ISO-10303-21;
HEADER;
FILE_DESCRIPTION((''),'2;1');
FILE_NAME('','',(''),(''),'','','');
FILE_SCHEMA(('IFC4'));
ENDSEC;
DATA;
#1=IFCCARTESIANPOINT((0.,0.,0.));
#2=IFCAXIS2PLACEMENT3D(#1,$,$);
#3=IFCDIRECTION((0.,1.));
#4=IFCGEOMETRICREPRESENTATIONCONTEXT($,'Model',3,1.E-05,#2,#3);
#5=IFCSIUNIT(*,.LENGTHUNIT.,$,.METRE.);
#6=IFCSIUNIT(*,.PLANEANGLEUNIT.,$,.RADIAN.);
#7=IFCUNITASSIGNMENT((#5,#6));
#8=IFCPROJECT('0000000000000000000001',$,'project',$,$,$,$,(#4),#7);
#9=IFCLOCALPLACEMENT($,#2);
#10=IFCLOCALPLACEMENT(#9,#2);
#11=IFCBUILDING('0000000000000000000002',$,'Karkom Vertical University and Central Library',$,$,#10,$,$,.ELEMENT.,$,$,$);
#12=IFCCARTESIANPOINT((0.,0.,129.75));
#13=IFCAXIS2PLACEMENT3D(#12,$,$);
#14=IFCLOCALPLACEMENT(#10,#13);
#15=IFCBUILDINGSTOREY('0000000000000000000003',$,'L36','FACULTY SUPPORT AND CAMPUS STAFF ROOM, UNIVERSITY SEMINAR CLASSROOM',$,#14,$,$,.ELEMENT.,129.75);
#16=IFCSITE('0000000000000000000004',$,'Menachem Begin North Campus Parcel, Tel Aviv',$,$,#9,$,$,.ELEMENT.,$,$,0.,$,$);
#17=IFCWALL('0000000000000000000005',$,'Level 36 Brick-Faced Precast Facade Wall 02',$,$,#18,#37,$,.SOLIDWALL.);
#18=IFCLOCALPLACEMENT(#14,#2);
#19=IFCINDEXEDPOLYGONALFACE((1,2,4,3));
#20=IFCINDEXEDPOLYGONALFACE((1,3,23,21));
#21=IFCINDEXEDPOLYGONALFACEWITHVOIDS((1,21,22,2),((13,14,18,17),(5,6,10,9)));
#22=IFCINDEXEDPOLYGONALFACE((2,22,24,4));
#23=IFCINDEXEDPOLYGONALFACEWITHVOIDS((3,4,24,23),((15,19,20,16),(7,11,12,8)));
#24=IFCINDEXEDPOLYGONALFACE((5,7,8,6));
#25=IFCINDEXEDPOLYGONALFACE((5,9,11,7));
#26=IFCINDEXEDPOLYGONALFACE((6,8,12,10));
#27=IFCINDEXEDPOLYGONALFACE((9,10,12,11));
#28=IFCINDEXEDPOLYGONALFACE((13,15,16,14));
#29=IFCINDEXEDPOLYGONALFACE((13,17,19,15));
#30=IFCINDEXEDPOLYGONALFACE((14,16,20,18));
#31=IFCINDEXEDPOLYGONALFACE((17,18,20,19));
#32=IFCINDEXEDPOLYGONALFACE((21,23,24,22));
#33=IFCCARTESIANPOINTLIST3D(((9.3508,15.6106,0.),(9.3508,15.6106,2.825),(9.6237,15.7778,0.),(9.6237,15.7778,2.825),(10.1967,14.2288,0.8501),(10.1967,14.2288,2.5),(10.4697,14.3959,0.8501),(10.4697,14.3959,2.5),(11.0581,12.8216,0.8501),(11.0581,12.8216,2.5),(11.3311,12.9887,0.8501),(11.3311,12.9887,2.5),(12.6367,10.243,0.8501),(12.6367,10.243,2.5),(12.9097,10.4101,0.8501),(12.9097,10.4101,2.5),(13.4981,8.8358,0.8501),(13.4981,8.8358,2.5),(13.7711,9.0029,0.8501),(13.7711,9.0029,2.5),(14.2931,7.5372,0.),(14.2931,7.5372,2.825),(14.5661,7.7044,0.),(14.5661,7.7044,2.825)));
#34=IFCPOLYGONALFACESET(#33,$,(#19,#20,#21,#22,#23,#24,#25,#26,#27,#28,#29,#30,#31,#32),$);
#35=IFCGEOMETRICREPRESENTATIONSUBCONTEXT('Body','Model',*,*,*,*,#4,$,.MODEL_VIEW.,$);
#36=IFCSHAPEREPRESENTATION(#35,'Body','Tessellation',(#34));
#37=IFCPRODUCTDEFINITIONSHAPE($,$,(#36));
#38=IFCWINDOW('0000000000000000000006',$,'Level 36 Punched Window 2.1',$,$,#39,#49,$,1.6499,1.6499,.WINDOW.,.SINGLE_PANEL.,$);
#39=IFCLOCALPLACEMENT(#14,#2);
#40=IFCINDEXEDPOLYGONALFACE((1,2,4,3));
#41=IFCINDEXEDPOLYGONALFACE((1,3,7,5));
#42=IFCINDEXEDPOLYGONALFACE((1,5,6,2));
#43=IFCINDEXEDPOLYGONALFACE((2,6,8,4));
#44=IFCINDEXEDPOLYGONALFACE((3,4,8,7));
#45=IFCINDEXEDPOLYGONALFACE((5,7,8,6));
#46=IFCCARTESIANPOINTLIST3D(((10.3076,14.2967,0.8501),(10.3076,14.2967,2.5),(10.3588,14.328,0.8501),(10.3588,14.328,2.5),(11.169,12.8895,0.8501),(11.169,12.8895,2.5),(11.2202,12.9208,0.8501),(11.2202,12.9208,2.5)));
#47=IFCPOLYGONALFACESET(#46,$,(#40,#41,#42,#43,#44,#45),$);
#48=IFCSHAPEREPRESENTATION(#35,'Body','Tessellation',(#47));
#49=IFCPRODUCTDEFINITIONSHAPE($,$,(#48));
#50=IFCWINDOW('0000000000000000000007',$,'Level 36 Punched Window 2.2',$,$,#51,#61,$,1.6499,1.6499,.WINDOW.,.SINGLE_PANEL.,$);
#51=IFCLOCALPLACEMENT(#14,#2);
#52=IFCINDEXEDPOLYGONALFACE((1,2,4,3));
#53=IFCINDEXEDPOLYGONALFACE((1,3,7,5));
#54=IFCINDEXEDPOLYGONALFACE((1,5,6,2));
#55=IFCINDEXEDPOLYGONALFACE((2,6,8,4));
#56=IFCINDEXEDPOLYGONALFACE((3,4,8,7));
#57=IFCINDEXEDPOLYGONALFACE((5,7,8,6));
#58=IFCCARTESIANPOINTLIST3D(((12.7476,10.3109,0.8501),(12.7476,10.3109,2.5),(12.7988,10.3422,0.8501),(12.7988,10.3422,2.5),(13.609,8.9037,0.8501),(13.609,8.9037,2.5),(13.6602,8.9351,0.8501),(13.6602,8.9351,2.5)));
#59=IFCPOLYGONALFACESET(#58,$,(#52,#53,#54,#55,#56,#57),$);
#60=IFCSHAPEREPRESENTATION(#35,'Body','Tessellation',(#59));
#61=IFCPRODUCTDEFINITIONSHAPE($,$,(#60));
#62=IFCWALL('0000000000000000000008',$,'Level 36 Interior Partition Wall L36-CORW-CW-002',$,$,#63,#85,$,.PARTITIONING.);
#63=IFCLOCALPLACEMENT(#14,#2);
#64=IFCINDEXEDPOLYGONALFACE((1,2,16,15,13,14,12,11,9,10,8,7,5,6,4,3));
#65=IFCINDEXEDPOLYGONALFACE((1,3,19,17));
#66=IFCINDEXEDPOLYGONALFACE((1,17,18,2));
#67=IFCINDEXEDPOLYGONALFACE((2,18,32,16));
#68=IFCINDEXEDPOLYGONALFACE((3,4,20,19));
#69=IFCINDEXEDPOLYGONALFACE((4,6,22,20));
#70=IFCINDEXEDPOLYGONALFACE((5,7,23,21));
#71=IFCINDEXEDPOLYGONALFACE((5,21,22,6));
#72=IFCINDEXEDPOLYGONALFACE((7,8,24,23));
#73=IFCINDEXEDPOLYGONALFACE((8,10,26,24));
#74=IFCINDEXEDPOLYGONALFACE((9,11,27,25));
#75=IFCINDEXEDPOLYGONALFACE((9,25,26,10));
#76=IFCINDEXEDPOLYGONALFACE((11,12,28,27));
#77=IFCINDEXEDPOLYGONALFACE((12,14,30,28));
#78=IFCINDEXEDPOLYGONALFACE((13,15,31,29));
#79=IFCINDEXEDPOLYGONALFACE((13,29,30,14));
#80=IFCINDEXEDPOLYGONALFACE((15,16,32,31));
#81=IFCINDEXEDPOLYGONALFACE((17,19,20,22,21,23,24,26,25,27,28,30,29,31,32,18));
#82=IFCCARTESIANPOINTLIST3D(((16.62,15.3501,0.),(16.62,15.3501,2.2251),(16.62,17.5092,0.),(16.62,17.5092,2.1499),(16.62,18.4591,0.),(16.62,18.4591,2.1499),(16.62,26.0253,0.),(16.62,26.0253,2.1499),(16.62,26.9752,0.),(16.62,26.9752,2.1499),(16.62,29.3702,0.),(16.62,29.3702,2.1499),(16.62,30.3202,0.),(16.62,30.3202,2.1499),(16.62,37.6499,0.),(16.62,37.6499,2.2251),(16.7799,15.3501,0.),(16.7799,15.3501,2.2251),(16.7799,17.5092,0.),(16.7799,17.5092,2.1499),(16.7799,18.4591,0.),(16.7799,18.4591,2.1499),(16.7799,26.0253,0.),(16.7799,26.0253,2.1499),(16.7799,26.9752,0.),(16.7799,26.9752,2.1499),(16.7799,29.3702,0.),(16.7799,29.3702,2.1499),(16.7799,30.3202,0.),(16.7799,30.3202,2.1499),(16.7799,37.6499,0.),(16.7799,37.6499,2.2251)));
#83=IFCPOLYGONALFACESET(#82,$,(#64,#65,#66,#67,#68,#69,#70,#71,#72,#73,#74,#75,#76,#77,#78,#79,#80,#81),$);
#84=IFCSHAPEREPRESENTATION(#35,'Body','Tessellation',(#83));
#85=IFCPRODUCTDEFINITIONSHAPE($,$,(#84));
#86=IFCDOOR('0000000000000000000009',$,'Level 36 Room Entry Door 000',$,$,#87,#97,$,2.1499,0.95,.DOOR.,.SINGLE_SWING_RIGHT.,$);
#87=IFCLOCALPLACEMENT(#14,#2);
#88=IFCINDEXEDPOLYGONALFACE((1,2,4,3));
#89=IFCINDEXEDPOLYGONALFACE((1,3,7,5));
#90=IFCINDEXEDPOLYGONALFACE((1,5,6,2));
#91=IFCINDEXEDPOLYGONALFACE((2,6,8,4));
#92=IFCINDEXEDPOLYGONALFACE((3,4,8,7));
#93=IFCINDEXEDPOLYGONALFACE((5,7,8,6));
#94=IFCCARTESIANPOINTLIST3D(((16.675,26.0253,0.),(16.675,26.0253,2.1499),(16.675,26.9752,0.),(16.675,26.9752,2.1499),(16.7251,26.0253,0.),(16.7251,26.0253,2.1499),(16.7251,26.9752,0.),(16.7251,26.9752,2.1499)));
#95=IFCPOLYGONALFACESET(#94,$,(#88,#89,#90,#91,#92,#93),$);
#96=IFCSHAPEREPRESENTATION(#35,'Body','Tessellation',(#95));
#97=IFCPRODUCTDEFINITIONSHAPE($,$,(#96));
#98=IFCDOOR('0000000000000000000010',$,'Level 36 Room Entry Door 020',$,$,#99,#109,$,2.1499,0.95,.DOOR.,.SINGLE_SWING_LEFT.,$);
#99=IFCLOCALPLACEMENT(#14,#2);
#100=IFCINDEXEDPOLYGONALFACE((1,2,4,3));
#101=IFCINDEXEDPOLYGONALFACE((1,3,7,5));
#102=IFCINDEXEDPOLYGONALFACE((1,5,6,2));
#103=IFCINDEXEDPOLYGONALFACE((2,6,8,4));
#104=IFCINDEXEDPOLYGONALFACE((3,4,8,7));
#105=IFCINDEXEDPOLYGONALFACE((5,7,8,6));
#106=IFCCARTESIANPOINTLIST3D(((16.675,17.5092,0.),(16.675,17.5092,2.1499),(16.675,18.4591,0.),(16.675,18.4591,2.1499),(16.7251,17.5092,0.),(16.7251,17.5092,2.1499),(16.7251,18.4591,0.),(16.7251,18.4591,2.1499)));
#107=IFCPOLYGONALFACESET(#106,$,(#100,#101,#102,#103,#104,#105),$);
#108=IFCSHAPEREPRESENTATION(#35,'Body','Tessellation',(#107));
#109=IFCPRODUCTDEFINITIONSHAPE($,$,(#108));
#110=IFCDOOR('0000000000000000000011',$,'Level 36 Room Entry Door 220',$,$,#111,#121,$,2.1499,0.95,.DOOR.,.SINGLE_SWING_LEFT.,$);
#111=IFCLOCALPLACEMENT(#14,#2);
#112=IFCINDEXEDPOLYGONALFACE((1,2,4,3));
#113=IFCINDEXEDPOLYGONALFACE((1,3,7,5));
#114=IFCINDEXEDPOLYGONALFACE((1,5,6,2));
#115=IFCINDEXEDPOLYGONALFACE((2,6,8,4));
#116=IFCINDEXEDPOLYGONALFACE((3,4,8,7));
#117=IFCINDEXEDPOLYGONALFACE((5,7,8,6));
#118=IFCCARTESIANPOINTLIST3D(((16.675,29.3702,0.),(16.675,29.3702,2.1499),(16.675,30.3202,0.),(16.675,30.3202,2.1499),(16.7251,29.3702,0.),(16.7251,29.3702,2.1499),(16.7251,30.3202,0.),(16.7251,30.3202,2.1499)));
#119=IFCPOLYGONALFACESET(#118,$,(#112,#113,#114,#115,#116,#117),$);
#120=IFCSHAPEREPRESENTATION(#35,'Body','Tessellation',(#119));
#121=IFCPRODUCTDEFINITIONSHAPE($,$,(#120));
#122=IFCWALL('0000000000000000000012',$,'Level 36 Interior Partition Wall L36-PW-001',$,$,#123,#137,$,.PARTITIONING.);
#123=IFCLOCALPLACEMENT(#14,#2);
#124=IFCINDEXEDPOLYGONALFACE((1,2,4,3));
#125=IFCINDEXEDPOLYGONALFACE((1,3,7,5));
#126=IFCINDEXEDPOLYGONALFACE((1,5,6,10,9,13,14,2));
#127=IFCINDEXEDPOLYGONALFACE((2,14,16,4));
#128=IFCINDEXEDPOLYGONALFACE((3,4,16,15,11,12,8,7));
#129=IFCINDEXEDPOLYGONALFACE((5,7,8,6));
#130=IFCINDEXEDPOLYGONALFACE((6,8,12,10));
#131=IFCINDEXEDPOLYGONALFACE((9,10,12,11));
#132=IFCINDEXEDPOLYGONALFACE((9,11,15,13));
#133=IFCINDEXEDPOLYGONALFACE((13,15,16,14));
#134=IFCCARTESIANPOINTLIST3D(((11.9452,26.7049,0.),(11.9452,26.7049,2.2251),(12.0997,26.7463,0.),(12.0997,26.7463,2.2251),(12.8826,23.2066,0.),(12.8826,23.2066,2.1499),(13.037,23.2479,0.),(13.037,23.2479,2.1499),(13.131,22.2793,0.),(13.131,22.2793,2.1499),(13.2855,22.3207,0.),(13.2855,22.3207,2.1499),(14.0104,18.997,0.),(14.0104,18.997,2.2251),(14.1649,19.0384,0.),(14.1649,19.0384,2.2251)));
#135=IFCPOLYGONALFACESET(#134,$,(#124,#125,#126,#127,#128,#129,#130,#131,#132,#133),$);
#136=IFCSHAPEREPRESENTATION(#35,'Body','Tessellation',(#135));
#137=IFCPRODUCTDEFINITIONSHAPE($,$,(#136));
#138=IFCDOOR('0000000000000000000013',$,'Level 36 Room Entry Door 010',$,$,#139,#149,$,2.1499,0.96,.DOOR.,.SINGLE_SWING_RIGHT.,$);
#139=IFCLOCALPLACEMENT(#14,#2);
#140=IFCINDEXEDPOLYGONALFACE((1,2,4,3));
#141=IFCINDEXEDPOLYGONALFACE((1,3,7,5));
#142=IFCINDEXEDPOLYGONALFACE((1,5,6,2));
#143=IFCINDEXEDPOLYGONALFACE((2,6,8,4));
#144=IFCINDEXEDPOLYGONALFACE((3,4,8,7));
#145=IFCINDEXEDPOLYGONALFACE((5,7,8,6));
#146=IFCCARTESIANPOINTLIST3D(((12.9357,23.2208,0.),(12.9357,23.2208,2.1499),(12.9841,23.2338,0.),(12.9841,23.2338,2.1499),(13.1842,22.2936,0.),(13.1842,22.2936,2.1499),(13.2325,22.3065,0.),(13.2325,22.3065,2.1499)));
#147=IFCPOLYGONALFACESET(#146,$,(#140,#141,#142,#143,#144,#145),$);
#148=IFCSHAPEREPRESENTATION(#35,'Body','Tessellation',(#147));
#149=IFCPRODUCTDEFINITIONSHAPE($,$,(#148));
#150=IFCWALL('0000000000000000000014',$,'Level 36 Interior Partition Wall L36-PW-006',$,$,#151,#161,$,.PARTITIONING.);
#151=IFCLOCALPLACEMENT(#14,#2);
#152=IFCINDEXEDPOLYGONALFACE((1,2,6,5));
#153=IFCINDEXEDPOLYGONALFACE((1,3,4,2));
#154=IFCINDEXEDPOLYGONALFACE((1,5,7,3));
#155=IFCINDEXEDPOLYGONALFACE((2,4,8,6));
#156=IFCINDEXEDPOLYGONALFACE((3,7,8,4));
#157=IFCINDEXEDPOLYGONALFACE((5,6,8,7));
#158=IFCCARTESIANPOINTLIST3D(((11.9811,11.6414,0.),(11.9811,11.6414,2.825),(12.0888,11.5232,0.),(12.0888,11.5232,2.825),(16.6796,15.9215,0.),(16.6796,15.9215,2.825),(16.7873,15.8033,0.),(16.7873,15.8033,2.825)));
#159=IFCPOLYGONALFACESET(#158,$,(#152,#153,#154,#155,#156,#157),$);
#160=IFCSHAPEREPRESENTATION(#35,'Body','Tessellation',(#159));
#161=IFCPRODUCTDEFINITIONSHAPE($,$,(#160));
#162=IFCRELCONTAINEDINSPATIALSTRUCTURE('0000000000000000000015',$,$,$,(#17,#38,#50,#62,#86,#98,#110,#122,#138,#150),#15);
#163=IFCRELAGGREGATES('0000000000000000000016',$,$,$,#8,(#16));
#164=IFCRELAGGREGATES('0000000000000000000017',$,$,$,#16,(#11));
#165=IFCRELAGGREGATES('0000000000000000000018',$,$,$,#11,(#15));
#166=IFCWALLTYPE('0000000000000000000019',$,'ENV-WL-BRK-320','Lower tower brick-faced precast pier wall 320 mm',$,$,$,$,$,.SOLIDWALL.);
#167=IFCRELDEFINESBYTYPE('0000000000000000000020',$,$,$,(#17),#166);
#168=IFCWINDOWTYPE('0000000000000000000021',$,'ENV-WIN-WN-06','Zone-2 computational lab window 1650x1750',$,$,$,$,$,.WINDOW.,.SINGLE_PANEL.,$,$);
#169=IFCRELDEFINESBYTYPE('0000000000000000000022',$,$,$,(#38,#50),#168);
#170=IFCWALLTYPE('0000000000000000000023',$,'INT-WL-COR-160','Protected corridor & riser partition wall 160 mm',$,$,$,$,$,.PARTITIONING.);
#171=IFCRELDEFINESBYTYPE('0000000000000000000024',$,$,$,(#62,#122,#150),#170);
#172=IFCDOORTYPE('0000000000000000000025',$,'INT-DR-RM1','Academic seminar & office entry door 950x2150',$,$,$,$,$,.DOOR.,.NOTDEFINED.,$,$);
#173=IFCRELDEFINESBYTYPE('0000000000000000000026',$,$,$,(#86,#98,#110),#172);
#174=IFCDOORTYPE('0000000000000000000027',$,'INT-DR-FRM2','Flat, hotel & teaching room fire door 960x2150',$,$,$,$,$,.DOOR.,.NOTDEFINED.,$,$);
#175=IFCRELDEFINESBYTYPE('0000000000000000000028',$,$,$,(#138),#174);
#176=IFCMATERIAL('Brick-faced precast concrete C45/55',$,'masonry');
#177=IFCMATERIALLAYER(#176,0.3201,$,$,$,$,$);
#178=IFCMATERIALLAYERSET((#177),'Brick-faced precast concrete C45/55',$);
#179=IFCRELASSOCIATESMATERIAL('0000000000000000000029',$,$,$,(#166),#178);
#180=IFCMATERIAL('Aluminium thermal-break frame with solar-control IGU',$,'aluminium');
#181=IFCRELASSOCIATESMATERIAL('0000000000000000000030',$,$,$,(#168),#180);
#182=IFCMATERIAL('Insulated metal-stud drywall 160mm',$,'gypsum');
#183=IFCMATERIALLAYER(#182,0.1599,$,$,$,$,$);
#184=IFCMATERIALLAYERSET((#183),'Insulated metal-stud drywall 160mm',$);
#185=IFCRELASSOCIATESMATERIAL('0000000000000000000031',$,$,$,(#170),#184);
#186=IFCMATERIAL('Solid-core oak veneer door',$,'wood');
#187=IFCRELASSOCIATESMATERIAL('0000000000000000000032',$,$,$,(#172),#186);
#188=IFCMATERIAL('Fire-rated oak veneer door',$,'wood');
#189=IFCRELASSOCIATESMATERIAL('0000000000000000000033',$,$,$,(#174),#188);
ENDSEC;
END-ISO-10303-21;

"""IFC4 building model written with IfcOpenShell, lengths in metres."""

from ifc_helpers import new_model, si_unit, direction, frame, frame_2d, origin, origin_with_axes, place, context, subcontext, project, spatial, rectangle, extrude, source, transform, mapped, material, layer, layer_set, type_object, element, fill, save


model = new_model("IFC4")

# Units and contexts
model_context = context("Model", 3, precision=1e-05, world=origin(), true_north=direction((0.0, 1.0)))
body_context = subcontext(model_context, "Body", "Model", "MODEL_VIEW")
ifc_project = project(units=[si_unit("LENGTHUNIT", "METRE"), si_unit("PLANEANGLEUNIT", "RADIAN")], contexts=[model_context])

# Site, building, storey
site_placement = place(None, origin())
site = spatial("IfcSite", under=ifc_project, at=site_placement, Name="Menachem Begin North Campus Parcel, Tel Aviv", CompositionType="ELEMENT", RefElevation=0.0)
building_placement = place(site_placement, origin())
building = spatial("IfcBuilding", under=site, at=building_placement, Name="Karkom Vertical University and Central Library", CompositionType="ELEMENT")
storey_placement = place(building_placement, frame((0.0, 0.0, 129.75)))
storey = spatial("IfcBuildingStorey", under=building, at=storey_placement, Name="L36", Description="FACULTY SUPPORT AND CAMPUS STAFF ROOM, UNIVERSITY SEMINAR CLASSROOM", CompositionType="ELEMENT", Elevation=129.75)

# Wall, openings, windows
ifc_material_1 = material(Name="Brick-faced precast concrete C45/55", Category="masonry")
ifc_layer_1 = layer(ifc_material_1, 0.3201)
ifc_layer_set_1 = layer_set([ifc_layer_1], Name="Brick-faced precast concrete C45/55")
wall_type_1 = type_object("IfcWallType", Name="ENV-WL-BRK-320", Description="Lower tower brick-faced precast pier wall 320 mm", PredefinedType="SOLIDWALL", material=ifc_layer_set_1)
wall_1_placement = place(storey_placement, frame((9.4873, 15.6941, 0.0), z_axis=(0.0, 0.0, 1.0), x_axis=(0.52211, -0.852878, 0.0)))
wall_1 = element("IfcWall", 1, at=wall_1_placement, inside=storey, type_object=wall_type_1, Name="Level 36 Brick-Faced Precast Facade Wall 02", PredefinedType="SOLIDWALL", context=body_context, shape_type="SweptSolid", body=[
    extrude(rectangle(XDim=9.4661, YDim=0.3201, at=frame_2d((4.7329, 0.0))), origin(), (0.0, 0.0, 1.0), 2.825),
])
opening_1_placement = place(wall_1_placement, frame((1.6201, 0.0, 0.8501)))
opening_1 = element("IfcOpeningElement", 2, at=opening_1_placement, cuts=wall_1, PredefinedType="OPENING", context=body_context, shape_type="SweptSolid", body=[
    extrude(rectangle(XDim=1.6499, YDim=1.6499, at=frame_2d((0.825, 0.825))), frame((0.0, 0.1699, 0.0), z_axis=(0.0, -1.0, 0.0), x_axis=(1.0, 0.0, 0.0)), (0.0, 0.0, 1.0), 0.3401),
])
opening_2_placement = place(wall_1_placement, frame((6.2935, 0.0, 0.8501)))
opening_2 = element("IfcOpeningElement", 3, at=opening_2_placement, cuts=wall_1, PredefinedType="OPENING", context=body_context, shape_type="SweptSolid", body=[
    extrude(rectangle(XDim=1.6499, YDim=1.6499, at=frame_2d((0.825, 0.825))), frame((0.0, 0.1699, 0.0), z_axis=(0.0, -1.0, 0.0), x_axis=(1.0, 0.0, 0.0)), (0.0, 0.0, 1.0), 0.3401),
])
ifc_material_2 = material(Name="Aluminium thermal-break frame with solar-control IGU", Category="aluminium")
window_type = type_object("IfcWindowType", Name="ENV-WIN-WN-06", Description="Zone-2 computational lab window 1650x1750", PartitioningType="SINGLE_PANEL", PredefinedType="WINDOW", material=ifc_material_2)
shared_shape_1 = source(origin_with_axes(), body_context, "Body", "SweptSolid", [
    extrude(rectangle(XDim=1.6499, YDim=1.6499, at=frame_2d((0.825, 0.825))), frame((0.0, 0.03, 0.0), z_axis=(0.0, -1.0, 0.0), x_axis=(1.0, 0.0, 0.0)), (0.0, 0.0, 1.0), 0.0601),
])
window_1_placement = place(opening_1_placement, origin())
window_1 = element("IfcWindow", 4, at=window_1_placement, inside=storey, type_object=window_type, Name="Level 36 Punched Window 2.1", OverallHeight=1.6499, OverallWidth=1.6499, PartitioningType="SINGLE_PANEL", PredefinedType="WINDOW", context=body_context, shape_type="MappedRepresentation", body=[
    mapped(shared_shape_1, transform((0.0, 0.0, 0.0), scale=1.0)),
])
fill(opening_1, window_1)
window_2_placement = place(opening_2_placement, origin())
window_2 = element("IfcWindow", 5, at=window_2_placement, inside=storey, type_object=window_type, Name="Level 36 Punched Window 2.2", OverallHeight=1.6499, OverallWidth=1.6499, PartitioningType="SINGLE_PANEL", PredefinedType="WINDOW", context=body_context, shape_type="MappedRepresentation", body=[
    mapped(shared_shape_1, transform((0.0, 0.0, 0.0), scale=1.0)),
])
fill(opening_2, window_2)

# Wall, openings, doors
ifc_material_3 = material(Name="Insulated metal-stud drywall 160mm", Category="gypsum")
ifc_layer_2 = layer(ifc_material_3, 0.1599)
ifc_layer_set_2 = layer_set([ifc_layer_2], Name="Insulated metal-stud drywall 160mm")
wall_type_2 = type_object("IfcWallType", Name="INT-WL-COR-160", Description="Protected corridor & riser partition wall 160 mm", PredefinedType="PARTITIONING", material=ifc_layer_set_2)
wall_2_placement = place(storey_placement, frame((16.7, 15.3501, 0.0), z_axis=(0.0, 0.0, 1.0), x_axis=(0.0, 1.0, 0.0)))
wall_2 = element("IfcWall", 6, at=wall_2_placement, inside=storey, type_object=wall_type_2, Name="Level 36 Interior Partition Wall L36-CORW-CW-002", PredefinedType="PARTITIONING", context=body_context, shape_type="SweptSolid", body=[
    extrude(rectangle(XDim=22.2998, YDim=0.1599, at=frame_2d((11.1499, 0.0))), origin(), (0.0, 0.0, 1.0), 2.2251),
])
opening_3_placement = place(wall_2_placement, frame((10.675, 0.0, 0.0)))
opening_3 = element("IfcOpeningElement", 7, at=opening_3_placement, cuts=wall_2, PredefinedType="OPENING", context=body_context, shape_type="SweptSolid", body=[
    extrude(rectangle(XDim=0.95, YDim=2.1499, at=frame_2d((0.4751, 1.075))), frame((0.0, 0.0898, 0.0), z_axis=(0.0, -1.0, 0.0), x_axis=(1.0, 0.0, 0.0)), (0.0, 0.0, 1.0), 0.1799),
])
opening_4_placement = place(wall_2_placement, frame((2.1589, 0.0, 0.0)))
opening_4 = element("IfcOpeningElement", 8, at=opening_4_placement, cuts=wall_2, PredefinedType="OPENING", context=body_context, shape_type="SweptSolid", body=[
    extrude(rectangle(XDim=0.95, YDim=2.1499, at=frame_2d((0.4751, 1.075))), frame((0.0, 0.0898, 0.0), z_axis=(0.0, -1.0, 0.0), x_axis=(1.0, 0.0, 0.0)), (0.0, 0.0, 1.0), 0.1799),
])
opening_5_placement = place(wall_2_placement, frame((14.02, 0.0, 0.0)))
opening_5 = element("IfcOpeningElement", 9, at=opening_5_placement, cuts=wall_2, PredefinedType="OPENING", context=body_context, shape_type="SweptSolid", body=[
    extrude(rectangle(XDim=0.95, YDim=2.1499, at=frame_2d((0.4751, 1.075))), frame((0.0, 0.0898, 0.0), z_axis=(0.0, -1.0, 0.0), x_axis=(1.0, 0.0, 0.0)), (0.0, 0.0, 1.0), 0.1799),
])
ifc_material_4 = material(Name="Solid-core oak veneer door", Category="wood")
door_type_1 = type_object("IfcDoorType", Name="INT-DR-RM1", Description="Academic seminar & office entry door 950x2150", OperationType="NOTDEFINED", PredefinedType="DOOR", material=ifc_material_4)
shared_shape_2 = source(origin_with_axes(), body_context, "Body", "SweptSolid", [
    extrude(rectangle(XDim=0.95, YDim=2.1499, at=frame_2d((0.4751, 1.075))), frame((0.0, 0.0249, 0.0), z_axis=(0.0, -1.0, 0.0), x_axis=(1.0, 0.0, 0.0)), (0.0, 0.0, 1.0), 0.05),
])
door_1_placement = place(opening_3_placement, origin())
door_1 = element("IfcDoor", 10, at=door_1_placement, inside=storey, type_object=door_type_1, Name="Level 36 Room Entry Door 000", OperationType="SINGLE_SWING_RIGHT", OverallHeight=2.1499, OverallWidth=0.95, PredefinedType="DOOR", context=body_context, shape_type="MappedRepresentation", body=[
    mapped(shared_shape_2, transform((0.0, 0.0, 0.0), scale=1.0)),
])
fill(opening_3, door_1)
door_2_placement = place(opening_4_placement, origin())
door_2 = element("IfcDoor", 11, at=door_2_placement, inside=storey, type_object=door_type_1, Name="Level 36 Room Entry Door 020", OperationType="SINGLE_SWING_LEFT", OverallHeight=2.1499, OverallWidth=0.95, PredefinedType="DOOR", context=body_context, shape_type="MappedRepresentation", body=[
    mapped(shared_shape_2, transform((0.0, 0.0, 0.0), scale=1.0)),
])
fill(opening_4, door_2)
door_3_placement = place(opening_5_placement, origin())
door_3 = element("IfcDoor", 12, at=door_3_placement, inside=storey, type_object=door_type_1, Name="Level 36 Room Entry Door 220", OperationType="SINGLE_SWING_LEFT", OverallHeight=2.1499, OverallWidth=0.95, PredefinedType="DOOR", context=body_context, shape_type="MappedRepresentation", body=[
    mapped(shared_shape_2, transform((0.0, 0.0, 0.0), scale=1.0)),
])
fill(opening_5, door_3)

# Wall, opening, door
wall_3_placement = place(storey_placement, frame((14.0876, 19.0178, 0.0), z_axis=(0.0, 0.0, 1.0), x_axis=(-0.258807, 0.965929, 0.0)))
wall_3 = element("IfcWall", 13, at=wall_3_placement, inside=storey, type_object=wall_type_2, Name="Level 36 Interior Partition Wall L36-PW-001", PredefinedType="PARTITIONING", context=body_context, shape_type="SweptSolid", body=[
    extrude(rectangle(XDim=7.9797, YDim=0.1599, at=frame_2d((3.9897, 0.0))), origin(), (0.0, 0.0, 1.0), 2.2251),
])
opening_6_placement = place(wall_3_placement, frame((3.3979, 0.0, 0.0)))
opening_6 = element("IfcOpeningElement", 14, at=opening_6_placement, cuts=wall_3, PredefinedType="OPENING", context=body_context, shape_type="SweptSolid", body=[
    extrude(rectangle(XDim=0.96, YDim=2.1499, at=frame_2d((0.48, 1.075))), frame((0.0, 0.0898, 0.0), z_axis=(0.0, -1.0, 0.0), x_axis=(1.0, 0.0, 0.0)), (0.0, 0.0, 1.0), 0.1799),
])
ifc_material_5 = material(Name="Fire-rated oak veneer door", Category="wood")
door_type_2 = type_object("IfcDoorType", Name="INT-DR-FRM2", Description="Flat, hotel & teaching room fire door 960x2150", OperationType="NOTDEFINED", PredefinedType="DOOR", material=ifc_material_5)
shared_shape_3 = source(origin_with_axes(), body_context, "Body", "SweptSolid", [
    extrude(rectangle(XDim=0.96, YDim=2.1499, at=frame_2d((0.48, 1.075))), frame((0.0, 0.0249, 0.0), z_axis=(0.0, -1.0, 0.0), x_axis=(1.0, 0.0, 0.0)), (0.0, 0.0, 1.0), 0.05),
])
door_4_placement = place(opening_6_placement, origin())
door_4 = element("IfcDoor", 15, at=door_4_placement, inside=storey, type_object=door_type_2, Name="Level 36 Room Entry Door 010", OperationType="SINGLE_SWING_RIGHT", OverallHeight=2.1499, OverallWidth=0.96, PredefinedType="DOOR", context=body_context, shape_type="MappedRepresentation", body=[
    mapped(shared_shape_3, transform((0.0, 0.0, 0.0), scale=1.0)),
])
fill(opening_6, door_4)

# Wall
wall_4_placement = place(storey_placement, frame((16.7334, 15.8623, 0.0), z_axis=(0.0, 0.0, 1.0), x_axis=(-0.73926, -0.67342, 0.0)))
element("IfcWall", 16, at=wall_4_placement, inside=storey, type_object=wall_type_2, Name="Level 36 Interior Partition Wall L36-PW-006", PredefinedType="PARTITIONING", context=body_context, shape_type="SweptSolid", body=[
    extrude(rectangle(XDim=6.3557, YDim=0.1599, at=frame_2d((3.1777, 0.0))), origin(), (0.0, 0.0, 1.0), 2.825),
])

save(model, "model.ifc")
